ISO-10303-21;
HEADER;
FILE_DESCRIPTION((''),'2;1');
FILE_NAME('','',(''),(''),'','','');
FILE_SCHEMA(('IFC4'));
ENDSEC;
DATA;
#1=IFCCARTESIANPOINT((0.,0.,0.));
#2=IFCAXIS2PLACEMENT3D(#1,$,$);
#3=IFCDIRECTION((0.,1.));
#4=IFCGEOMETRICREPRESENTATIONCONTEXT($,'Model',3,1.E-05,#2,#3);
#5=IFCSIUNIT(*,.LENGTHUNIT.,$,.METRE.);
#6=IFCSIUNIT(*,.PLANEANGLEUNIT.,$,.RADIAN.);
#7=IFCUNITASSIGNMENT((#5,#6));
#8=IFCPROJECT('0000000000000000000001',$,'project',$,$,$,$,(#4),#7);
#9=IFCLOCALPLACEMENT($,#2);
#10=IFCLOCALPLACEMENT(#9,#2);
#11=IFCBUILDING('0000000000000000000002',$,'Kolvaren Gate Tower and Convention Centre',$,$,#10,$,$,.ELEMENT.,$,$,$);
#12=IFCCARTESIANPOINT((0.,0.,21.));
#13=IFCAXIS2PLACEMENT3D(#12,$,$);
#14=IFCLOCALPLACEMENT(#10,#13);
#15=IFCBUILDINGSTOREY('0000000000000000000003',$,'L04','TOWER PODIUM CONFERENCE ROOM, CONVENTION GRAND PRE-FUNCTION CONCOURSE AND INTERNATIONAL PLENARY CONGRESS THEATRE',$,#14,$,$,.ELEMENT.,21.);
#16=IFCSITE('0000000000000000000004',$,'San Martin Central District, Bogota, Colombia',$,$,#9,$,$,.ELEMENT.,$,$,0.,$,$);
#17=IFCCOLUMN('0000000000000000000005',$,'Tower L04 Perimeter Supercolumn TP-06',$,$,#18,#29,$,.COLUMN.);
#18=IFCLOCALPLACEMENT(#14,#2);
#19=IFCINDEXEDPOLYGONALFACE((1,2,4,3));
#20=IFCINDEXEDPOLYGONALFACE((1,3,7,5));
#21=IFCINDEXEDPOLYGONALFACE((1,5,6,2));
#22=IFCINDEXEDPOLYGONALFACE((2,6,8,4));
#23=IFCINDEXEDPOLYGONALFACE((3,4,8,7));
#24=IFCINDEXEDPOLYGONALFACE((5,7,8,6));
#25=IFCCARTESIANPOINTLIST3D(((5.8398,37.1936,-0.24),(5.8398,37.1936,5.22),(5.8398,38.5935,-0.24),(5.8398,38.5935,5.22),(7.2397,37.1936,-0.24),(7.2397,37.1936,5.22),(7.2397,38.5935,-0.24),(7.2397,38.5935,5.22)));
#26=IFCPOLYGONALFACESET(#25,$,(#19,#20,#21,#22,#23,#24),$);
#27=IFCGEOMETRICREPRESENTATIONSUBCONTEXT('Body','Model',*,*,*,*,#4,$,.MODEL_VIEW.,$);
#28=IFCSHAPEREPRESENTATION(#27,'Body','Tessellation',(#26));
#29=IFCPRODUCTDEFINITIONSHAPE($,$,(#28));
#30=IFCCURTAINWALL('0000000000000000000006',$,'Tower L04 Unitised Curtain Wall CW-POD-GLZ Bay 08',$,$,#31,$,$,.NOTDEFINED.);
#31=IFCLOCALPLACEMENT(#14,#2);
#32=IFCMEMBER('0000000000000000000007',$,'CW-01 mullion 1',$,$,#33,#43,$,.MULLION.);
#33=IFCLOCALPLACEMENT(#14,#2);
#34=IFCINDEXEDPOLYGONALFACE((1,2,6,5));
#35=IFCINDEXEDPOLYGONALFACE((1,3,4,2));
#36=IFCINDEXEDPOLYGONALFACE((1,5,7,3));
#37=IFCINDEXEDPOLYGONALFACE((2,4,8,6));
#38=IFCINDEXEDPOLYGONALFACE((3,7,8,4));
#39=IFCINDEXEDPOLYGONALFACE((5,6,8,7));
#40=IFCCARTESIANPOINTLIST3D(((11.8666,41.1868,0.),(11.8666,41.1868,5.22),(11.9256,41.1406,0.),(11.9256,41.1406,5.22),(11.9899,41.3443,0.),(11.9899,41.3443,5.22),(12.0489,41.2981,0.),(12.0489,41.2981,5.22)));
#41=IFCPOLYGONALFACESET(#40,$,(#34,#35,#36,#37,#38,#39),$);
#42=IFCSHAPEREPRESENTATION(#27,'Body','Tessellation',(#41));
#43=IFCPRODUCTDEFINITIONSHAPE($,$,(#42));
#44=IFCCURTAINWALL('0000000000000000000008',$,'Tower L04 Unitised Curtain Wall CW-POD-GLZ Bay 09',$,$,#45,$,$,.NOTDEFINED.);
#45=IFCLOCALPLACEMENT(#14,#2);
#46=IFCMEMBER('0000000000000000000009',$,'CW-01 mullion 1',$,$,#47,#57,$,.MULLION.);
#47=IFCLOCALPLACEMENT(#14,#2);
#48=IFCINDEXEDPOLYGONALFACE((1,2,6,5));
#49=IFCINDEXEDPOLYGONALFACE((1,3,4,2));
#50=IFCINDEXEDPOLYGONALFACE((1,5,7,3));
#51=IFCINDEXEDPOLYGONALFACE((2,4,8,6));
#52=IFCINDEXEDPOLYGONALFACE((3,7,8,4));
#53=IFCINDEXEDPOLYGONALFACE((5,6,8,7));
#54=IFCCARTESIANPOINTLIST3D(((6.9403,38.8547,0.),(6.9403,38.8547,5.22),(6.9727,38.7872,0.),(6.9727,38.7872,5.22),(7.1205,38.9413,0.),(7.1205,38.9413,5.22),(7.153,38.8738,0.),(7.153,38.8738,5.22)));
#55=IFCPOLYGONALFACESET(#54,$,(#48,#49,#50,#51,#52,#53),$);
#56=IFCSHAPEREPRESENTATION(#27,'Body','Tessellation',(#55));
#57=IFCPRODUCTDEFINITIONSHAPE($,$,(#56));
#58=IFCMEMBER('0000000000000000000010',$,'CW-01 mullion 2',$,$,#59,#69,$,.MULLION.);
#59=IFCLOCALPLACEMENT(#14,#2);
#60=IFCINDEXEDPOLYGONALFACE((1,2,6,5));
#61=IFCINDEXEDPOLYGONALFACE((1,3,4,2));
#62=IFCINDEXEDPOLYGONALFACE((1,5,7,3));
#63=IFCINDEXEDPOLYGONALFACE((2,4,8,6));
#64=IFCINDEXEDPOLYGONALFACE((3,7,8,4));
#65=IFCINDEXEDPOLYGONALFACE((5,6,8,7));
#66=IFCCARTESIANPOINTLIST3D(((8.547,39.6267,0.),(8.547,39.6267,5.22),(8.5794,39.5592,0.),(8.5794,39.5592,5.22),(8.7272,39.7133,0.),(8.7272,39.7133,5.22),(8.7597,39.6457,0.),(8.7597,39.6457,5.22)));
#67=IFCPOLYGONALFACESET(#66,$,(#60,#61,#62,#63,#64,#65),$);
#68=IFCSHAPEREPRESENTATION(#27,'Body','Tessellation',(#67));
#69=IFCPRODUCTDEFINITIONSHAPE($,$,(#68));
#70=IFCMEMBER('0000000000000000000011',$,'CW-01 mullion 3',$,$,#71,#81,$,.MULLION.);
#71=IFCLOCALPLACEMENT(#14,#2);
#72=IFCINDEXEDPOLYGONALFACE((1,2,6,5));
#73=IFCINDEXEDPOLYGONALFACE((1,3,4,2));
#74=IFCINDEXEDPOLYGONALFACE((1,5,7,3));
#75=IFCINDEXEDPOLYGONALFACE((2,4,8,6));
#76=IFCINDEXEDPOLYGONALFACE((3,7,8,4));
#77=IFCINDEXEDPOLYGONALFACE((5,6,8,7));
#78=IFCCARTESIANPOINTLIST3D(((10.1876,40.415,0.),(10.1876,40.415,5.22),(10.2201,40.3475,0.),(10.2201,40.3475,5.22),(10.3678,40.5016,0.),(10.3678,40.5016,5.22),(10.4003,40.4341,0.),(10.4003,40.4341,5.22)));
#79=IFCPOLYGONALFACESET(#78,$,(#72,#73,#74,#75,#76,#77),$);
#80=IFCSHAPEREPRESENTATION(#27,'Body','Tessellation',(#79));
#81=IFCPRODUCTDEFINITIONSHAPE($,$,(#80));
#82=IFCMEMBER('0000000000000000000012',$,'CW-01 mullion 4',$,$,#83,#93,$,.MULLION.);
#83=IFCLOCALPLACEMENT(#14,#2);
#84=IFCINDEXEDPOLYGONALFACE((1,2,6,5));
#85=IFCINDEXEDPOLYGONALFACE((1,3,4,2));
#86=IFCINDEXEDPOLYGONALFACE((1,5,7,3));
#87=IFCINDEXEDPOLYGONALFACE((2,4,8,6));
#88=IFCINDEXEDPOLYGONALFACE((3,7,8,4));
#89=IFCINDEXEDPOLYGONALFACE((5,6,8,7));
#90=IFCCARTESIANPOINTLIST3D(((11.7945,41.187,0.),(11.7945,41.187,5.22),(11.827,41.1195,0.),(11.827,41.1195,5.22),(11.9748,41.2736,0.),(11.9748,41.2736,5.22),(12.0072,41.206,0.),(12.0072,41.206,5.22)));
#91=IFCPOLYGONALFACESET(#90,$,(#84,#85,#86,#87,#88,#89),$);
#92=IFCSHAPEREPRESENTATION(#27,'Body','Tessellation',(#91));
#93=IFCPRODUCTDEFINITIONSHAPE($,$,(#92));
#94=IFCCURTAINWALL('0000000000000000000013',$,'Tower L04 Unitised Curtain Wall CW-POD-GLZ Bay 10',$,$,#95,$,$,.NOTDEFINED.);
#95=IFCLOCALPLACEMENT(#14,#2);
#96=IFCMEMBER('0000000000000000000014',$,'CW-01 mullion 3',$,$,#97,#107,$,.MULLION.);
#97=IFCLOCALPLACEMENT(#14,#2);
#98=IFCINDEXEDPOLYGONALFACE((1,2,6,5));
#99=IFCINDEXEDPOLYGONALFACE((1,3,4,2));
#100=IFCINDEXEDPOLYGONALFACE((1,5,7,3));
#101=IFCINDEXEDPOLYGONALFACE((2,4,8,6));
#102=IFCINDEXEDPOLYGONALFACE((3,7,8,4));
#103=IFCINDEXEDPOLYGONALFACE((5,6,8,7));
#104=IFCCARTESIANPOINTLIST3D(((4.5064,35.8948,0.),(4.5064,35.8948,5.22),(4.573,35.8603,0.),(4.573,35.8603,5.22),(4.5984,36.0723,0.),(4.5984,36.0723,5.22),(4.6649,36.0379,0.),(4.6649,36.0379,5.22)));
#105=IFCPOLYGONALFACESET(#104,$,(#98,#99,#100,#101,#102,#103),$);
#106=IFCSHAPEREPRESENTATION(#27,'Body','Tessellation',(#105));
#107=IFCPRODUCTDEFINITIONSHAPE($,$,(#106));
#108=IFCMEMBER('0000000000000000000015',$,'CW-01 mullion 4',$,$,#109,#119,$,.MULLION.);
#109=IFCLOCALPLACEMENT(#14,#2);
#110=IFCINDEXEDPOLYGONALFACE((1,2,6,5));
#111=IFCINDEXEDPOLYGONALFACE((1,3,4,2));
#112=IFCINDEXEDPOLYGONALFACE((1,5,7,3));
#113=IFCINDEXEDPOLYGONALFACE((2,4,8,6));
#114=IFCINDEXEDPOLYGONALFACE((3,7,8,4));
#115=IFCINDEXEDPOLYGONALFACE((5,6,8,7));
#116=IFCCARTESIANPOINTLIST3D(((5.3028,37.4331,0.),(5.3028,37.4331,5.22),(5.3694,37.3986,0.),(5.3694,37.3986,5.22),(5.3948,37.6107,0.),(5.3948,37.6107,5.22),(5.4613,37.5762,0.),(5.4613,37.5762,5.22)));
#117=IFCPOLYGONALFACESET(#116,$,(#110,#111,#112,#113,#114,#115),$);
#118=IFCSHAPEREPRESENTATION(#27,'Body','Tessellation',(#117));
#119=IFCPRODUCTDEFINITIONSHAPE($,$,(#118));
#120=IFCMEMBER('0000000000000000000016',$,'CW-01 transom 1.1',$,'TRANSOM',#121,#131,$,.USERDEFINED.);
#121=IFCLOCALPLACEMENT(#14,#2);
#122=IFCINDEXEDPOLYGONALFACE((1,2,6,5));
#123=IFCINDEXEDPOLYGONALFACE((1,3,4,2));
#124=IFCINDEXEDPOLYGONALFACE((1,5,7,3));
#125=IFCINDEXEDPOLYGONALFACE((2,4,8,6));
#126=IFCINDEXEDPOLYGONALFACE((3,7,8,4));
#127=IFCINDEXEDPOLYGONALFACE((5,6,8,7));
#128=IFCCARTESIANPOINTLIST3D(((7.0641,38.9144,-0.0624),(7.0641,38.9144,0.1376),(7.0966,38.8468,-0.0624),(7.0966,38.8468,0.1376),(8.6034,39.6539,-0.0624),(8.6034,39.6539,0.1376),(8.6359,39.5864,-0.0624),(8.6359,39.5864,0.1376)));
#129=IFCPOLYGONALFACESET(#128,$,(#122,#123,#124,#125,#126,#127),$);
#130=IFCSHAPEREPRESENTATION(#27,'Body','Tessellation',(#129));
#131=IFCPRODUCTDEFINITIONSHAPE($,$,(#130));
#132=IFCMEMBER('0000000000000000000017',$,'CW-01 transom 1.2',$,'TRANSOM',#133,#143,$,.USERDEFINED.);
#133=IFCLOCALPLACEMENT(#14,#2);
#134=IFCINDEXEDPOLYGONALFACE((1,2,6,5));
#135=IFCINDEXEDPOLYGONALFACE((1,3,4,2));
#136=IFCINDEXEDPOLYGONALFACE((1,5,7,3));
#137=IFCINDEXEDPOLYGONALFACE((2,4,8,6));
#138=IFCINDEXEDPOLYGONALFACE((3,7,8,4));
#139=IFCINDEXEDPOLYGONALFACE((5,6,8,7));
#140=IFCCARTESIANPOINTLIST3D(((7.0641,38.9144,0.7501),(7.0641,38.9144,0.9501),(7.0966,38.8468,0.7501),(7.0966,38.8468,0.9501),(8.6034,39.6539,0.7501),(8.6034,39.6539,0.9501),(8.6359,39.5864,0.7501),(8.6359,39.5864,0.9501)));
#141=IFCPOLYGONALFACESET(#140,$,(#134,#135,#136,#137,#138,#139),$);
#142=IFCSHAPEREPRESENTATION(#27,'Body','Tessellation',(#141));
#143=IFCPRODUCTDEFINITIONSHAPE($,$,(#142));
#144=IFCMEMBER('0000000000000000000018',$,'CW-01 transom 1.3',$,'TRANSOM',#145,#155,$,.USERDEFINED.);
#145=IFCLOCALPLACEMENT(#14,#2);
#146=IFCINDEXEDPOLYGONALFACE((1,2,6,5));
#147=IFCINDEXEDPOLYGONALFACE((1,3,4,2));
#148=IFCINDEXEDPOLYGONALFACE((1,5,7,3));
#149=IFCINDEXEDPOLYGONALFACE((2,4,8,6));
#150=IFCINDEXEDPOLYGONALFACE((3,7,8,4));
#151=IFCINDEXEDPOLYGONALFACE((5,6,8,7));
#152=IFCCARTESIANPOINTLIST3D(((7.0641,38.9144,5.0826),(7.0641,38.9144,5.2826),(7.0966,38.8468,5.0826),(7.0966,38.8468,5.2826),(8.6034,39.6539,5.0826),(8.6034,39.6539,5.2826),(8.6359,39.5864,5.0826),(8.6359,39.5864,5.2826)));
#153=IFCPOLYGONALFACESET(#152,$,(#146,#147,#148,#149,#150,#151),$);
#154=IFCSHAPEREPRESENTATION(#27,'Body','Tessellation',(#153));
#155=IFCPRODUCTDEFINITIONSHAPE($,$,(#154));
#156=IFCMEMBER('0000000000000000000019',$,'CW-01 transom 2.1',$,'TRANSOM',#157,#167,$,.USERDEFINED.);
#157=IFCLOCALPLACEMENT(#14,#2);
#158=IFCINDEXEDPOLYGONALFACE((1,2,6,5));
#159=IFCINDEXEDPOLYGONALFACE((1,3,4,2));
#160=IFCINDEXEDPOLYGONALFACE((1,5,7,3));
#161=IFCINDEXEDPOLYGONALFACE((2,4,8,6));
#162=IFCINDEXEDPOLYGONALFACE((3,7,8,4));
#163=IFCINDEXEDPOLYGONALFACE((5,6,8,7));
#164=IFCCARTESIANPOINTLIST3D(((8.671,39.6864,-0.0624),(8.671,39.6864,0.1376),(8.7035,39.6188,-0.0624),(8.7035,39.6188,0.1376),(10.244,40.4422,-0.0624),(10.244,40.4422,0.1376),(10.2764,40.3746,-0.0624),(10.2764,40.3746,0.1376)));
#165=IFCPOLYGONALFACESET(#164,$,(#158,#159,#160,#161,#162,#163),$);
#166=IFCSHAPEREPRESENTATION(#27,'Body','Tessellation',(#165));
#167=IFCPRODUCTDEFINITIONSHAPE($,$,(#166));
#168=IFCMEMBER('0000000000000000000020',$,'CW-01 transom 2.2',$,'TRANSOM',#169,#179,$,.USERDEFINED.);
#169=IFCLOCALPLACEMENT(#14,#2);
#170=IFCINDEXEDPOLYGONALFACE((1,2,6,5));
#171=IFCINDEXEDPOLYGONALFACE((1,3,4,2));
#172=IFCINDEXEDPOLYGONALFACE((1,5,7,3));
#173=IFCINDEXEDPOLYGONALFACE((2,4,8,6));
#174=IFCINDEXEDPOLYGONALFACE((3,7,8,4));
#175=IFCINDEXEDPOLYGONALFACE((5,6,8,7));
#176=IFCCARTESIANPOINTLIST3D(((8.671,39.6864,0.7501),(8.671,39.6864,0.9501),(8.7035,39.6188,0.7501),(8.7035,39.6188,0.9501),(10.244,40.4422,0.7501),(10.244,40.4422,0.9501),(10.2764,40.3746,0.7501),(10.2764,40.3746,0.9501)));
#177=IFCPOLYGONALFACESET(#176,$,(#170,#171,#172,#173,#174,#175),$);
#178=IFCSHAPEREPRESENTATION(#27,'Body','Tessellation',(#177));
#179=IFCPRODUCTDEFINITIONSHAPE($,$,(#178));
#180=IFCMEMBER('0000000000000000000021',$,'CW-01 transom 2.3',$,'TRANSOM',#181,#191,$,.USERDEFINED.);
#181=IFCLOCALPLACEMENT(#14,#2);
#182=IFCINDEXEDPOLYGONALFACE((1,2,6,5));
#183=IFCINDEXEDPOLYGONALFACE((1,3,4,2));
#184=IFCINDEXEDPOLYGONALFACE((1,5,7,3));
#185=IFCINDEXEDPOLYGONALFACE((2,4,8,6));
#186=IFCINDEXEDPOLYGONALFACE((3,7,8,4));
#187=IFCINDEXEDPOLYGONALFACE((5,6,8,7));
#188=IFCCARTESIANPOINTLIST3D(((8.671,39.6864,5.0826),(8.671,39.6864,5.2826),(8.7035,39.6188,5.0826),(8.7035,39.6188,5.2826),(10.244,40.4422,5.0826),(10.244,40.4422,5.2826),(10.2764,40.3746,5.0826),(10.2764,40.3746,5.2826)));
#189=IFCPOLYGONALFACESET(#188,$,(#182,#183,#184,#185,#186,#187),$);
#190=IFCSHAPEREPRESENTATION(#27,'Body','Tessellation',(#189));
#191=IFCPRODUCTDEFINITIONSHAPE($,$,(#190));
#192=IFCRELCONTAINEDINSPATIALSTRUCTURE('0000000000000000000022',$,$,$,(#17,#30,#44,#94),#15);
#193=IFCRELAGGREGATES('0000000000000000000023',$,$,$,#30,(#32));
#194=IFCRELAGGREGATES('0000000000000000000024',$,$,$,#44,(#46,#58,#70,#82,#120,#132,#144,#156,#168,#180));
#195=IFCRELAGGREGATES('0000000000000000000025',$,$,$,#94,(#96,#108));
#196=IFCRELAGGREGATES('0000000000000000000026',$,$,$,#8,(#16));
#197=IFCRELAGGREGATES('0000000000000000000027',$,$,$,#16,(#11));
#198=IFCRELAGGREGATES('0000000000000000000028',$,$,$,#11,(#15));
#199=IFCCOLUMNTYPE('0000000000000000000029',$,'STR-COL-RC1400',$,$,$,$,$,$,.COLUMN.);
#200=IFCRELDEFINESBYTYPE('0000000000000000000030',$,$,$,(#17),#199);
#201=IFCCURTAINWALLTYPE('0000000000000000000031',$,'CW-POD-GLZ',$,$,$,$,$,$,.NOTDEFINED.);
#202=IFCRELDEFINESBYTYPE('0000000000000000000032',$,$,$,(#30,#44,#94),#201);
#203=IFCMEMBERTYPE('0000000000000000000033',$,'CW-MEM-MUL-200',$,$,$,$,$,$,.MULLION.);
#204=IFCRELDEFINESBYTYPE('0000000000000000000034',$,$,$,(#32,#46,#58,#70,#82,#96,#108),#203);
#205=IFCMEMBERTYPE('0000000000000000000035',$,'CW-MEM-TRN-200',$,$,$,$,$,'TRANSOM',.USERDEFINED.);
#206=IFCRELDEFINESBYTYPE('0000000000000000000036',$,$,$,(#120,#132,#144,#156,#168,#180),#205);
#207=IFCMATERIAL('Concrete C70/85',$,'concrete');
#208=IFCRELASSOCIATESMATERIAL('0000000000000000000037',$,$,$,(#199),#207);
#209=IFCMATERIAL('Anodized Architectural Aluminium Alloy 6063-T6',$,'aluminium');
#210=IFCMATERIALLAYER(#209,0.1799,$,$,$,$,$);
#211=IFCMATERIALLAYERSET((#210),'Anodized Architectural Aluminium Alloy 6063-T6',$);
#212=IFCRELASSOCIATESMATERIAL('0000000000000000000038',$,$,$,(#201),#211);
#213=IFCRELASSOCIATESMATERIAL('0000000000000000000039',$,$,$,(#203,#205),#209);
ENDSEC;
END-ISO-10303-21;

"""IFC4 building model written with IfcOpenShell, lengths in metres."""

from ifc_helpers import new_model, si_unit, direction, frame, origin, origin_2d, place, context, subcontext, project, spatial, rectangle, extrude, material, layer, layer_set, material_profile, profile_set, type_object, element, aggregate, save


model = new_model("IFC4")

# Units and contexts
model_context = context("Model", 3, precision=1e-05, world=origin(), true_north=direction((0.0, 1.0)))
body_context = subcontext(model_context, "Body", "Model", "MODEL_VIEW")
ifc_project = project(units=[si_unit("LENGTHUNIT", "METRE"), si_unit("PLANEANGLEUNIT", "RADIAN")], contexts=[model_context])

# Site, building, storey
site_placement = place(None, origin())
site = spatial("IfcSite", under=ifc_project, at=site_placement, Name="San Martin Central District, Bogota, Colombia", CompositionType="ELEMENT", RefElevation=0.0)
building_placement = place(site_placement, origin())
building = spatial("IfcBuilding", under=site, at=building_placement, Name="Kolvaren Gate Tower and Convention Centre", CompositionType="ELEMENT")
storey_placement = place(building_placement, frame((0.0, 0.0, 21.0)))
storey = spatial("IfcBuildingStorey", under=building, at=storey_placement, Name="L04", Description="TOWER PODIUM CONFERENCE ROOM, CONVENTION GRAND PRE-FUNCTION CONCOURSE AND INTERNATIONAL PLENARY CONGRESS THEATRE", CompositionType="ELEMENT", Elevation=21.0)

# Column
ifc_material_1 = material(Name="Concrete C70/85", Category="concrete")
ifc_material_profile_1 = material_profile(ifc_material_1, rectangle(XDim=1.3999, YDim=1.3999, at=origin_2d()), Name="RC-COL-1400X1400")
ifc_profile_set_1 = profile_set([ifc_material_profile_1], Name="Concrete C70/85")
column_type = type_object("IfcColumnType", Name="STR-COL-RC1400", PredefinedType="COLUMN", material=ifc_profile_set_1)
column_placement = place(storey_placement, frame((6.5398, 37.8936, -0.24), z_axis=(0.0, 0.0, 1.0), x_axis=(1.0, 0.0, 0.0)))
element("IfcColumn", 1, at=column_placement, inside=storey, type_object=column_type, Name="Tower L04 Perimeter Supercolumn TP-06", PredefinedType="COLUMN", context=body_context, shape_type="SweptSolid", body=[
    extrude(rectangle(XDim=1.3999, YDim=1.3999, at=origin_2d()), origin(), (0.0, 0.0, 1.0), 5.46),
])

# Curtain wall, member
ifc_material_2 = material(Name="Anodized Architectural Aluminium Alloy 6063-T6", Category="aluminium")
ifc_layer_1 = layer(ifc_material_2, 0.1799)
ifc_layer_set_1 = layer_set([ifc_layer_1], Name="Anodized Architectural Aluminium Alloy 6063-T6")
curtain_wall_type = type_object("IfcCurtainWallType", Name="CW-POD-GLZ", PredefinedType="NOTDEFINED", material=ifc_layer_set_1)
curtain_wall_1_placement = place(storey_placement, origin())
curtain_wall_1 = element("IfcCurtainWall", 2, at=curtain_wall_1_placement, inside=storey, type_object=curtain_wall_type, Name="Tower L04 Unitised Curtain Wall CW-POD-GLZ Bay 08", PredefinedType="NOTDEFINED")
ifc_material_profile_2 = material_profile(ifc_material_2, rectangle(XDim=0.075, YDim=0.2, at=origin_2d()), Name="CW-MEM-MUL-200")
ifc_profile_set_2 = profile_set([ifc_material_profile_2], Name="Anodized Architectural Aluminium Alloy 6063-T6")
member_type_1 = type_object("IfcMemberType", Name="CW-MEM-MUL-200", PredefinedType="MULLION", material=ifc_profile_set_2)
member_1_placement = place(storey_placement, frame((11.9578, 41.2424, 0.0), z_axis=(0.0, 0.0, 1.0), x_axis=(-0.787417, 0.616421, 0.0)))
member_1 = element("IfcMember", 3, at=member_1_placement, type_object=member_type_1, Name="CW-01 mullion 1", PredefinedType="MULLION", context=body_context, shape_type="SweptSolid", body=[
    extrude(rectangle(XDim=0.075, YDim=0.2, at=origin_2d()), origin(), (0.0, 0.0, 1.0), 5.22),
])
aggregate(curtain_wall_1, [member_1])

# Curtain walls, members
curtain_wall_2_placement = place(storey_placement, origin())
curtain_wall_2 = element("IfcCurtainWall", 4, at=curtain_wall_2_placement, inside=storey, type_object=curtain_wall_type, Name="Tower L04 Unitised Curtain Wall CW-POD-GLZ Bay 09", PredefinedType="NOTDEFINED")
member_2_placement = place(storey_placement, frame((7.0466, 38.8643, 0.0), z_axis=(0.0, 0.0, 1.0), x_axis=(-0.433057, 0.901367, 0.0)))
member_2 = element("IfcMember", 5, at=member_2_placement, type_object=member_type_1, Name="CW-01 mullion 1", PredefinedType="MULLION", context=body_context, shape_type="SweptSolid", body=[
    extrude(rectangle(XDim=0.075, YDim=0.2, at=origin_2d()), origin(), (0.0, 0.0, 1.0), 5.22),
])
member_3_placement = place(storey_placement, frame((8.6533, 39.6362, 0.0), z_axis=(0.0, 0.0, 1.0), x_axis=(-0.433057, 0.901367, 0.0)))
member_3 = element("IfcMember", 6, at=member_3_placement, type_object=member_type_1, Name="CW-01 mullion 2", PredefinedType="MULLION", context=body_context, shape_type="SweptSolid", body=[
    extrude(rectangle(XDim=0.075, YDim=0.2, at=origin_2d()), origin(), (0.0, 0.0, 1.0), 5.22),
])
member_4_placement = place(storey_placement, frame((10.2939, 40.4246, 0.0), z_axis=(0.0, 0.0, 1.0), x_axis=(-0.433057, 0.901367, 0.0)))
member_4 = element("IfcMember", 7, at=member_4_placement, type_object=member_type_1, Name="CW-01 mullion 3", PredefinedType="MULLION", context=body_context, shape_type="SweptSolid", body=[
    extrude(rectangle(XDim=0.075, YDim=0.2, at=origin_2d()), origin(), (0.0, 0.0, 1.0), 5.22),
])
member_5_placement = place(storey_placement, frame((11.9009, 41.1965, 0.0), z_axis=(0.0, 0.0, 1.0), x_axis=(-0.433057, 0.901367, 0.0)))
member_5 = element("IfcMember", 8, at=member_5_placement, type_object=member_type_1, Name="CW-01 mullion 4", PredefinedType="MULLION", context=body_context, shape_type="SweptSolid", body=[
    extrude(rectangle(XDim=0.075, YDim=0.2, at=origin_2d()), origin(), (0.0, 0.0, 1.0), 5.22),
])
curtain_wall_3_placement = place(storey_placement, origin())
curtain_wall_3 = element("IfcCurtainWall", 9, at=curtain_wall_3_placement, inside=storey, type_object=curtain_wall_type, Name="Tower L04 Unitised Curtain Wall CW-POD-GLZ Bay 10", PredefinedType="NOTDEFINED")
member_6_placement = place(storey_placement, frame((4.5857, 35.9663, 0.0), z_axis=(0.0, 0.0, 1.0), x_axis=(-0.888028, 0.459789, 0.0)))
member_6 = element("IfcMember", 10, at=member_6_placement, type_object=member_type_1, Name="CW-01 mullion 3", PredefinedType="MULLION", context=body_context, shape_type="SweptSolid", body=[
    extrude(rectangle(XDim=0.075, YDim=0.2, at=origin_2d()), origin(), (0.0, 0.0, 1.0), 5.22),
])
member_7_placement = place(storey_placement, frame((5.3821, 37.5046, 0.0), z_axis=(0.0, 0.0, 1.0), x_axis=(-0.888028, 0.459789, 0.0)))
member_7 = element("IfcMember", 11, at=member_7_placement, type_object=member_type_1, Name="CW-01 mullion 4", PredefinedType="MULLION", context=body_context, shape_type="SweptSolid", body=[
    extrude(rectangle(XDim=0.075, YDim=0.2, at=origin_2d()), origin(), (0.0, 0.0, 1.0), 5.22),
])

# Members
ifc_material_profile_3 = material_profile(ifc_material_2, rectangle(XDim=0.075, YDim=0.2, at=origin_2d()), Name="CW-MEM-TRN-200")
ifc_profile_set_3 = profile_set([ifc_material_profile_3], Name="Anodized Architectural Aluminium Alloy 6063-T6")
member_type_2 = type_object("IfcMemberType", Name="CW-MEM-TRN-200", ElementType="TRANSOM", PredefinedType="USERDEFINED", material=ifc_profile_set_3)
member_8_placement = place(storey_placement, frame((7.0803, 38.8806, 0.0376), z_axis=(0.901378, 0.433033, 0.0), x_axis=(-0.433033, 0.901378, 0.0)))
member_8 = element("IfcMember", 12, at=member_8_placement, type_object=member_type_2, Name="CW-01 transom 1.1", ObjectType="TRANSOM", PredefinedType="USERDEFINED", context=body_context, shape_type="SweptSolid", body=[
    extrude(rectangle(XDim=0.075, YDim=0.2, at=origin_2d()), origin(), (0.0, 0.0, 1.0), 1.7078),
])
member_9_placement = place(storey_placement, frame((7.0803, 38.8806, 0.8501), z_axis=(0.901378, 0.433033, 0.0), x_axis=(-0.433033, 0.901378, 0.0)))
member_9 = element("IfcMember", 13, at=member_9_placement, type_object=member_type_2, Name="CW-01 transom 1.2", ObjectType="TRANSOM", PredefinedType="USERDEFINED", context=body_context, shape_type="SweptSolid", body=[
    extrude(rectangle(XDim=0.075, YDim=0.2, at=origin_2d()), origin(), (0.0, 0.0, 1.0), 1.7078),
])
member_10_placement = place(storey_placement, frame((7.0803, 38.8806, 5.1826), z_axis=(0.901378, 0.433033, 0.0), x_axis=(-0.433033, 0.901378, 0.0)))
member_10 = element("IfcMember", 14, at=member_10_placement, type_object=member_type_2, Name="CW-01 transom 1.3", ObjectType="TRANSOM", PredefinedType="USERDEFINED", context=body_context, shape_type="SweptSolid", body=[
    extrude(rectangle(XDim=0.075, YDim=0.2, at=origin_2d()), origin(), (0.0, 0.0, 1.0), 1.7078),
])
member_11_placement = place(storey_placement, frame((8.6873, 39.6526, 0.0376), z_axis=(0.90134, 0.433113, 0.0), x_axis=(-0.433113, 0.90134, 0.0)))
member_11 = element("IfcMember", 15, at=member_11_placement, type_object=member_type_2, Name="CW-01 transom 2.1", ObjectType="TRANSOM", PredefinedType="USERDEFINED", context=body_context, shape_type="SweptSolid", body=[
    extrude(rectangle(XDim=0.075, YDim=0.2, at=origin_2d()), origin(), (0.0, 0.0, 1.0), 1.7451),
])
member_12_placement = place(storey_placement, frame((8.6873, 39.6526, 0.8501), z_axis=(0.90134, 0.433113, 0.0), x_axis=(-0.433113, 0.90134, 0.0)))
member_12 = element("IfcMember", 16, at=member_12_placement, type_object=member_type_2, Name="CW-01 transom 2.2", ObjectType="TRANSOM", PredefinedType="USERDEFINED", context=body_context, shape_type="SweptSolid", body=[
    extrude(rectangle(XDim=0.075, YDim=0.2, at=origin_2d()), origin(), (0.0, 0.0, 1.0), 1.7451),
])
member_13_placement = place(storey_placement, frame((8.6873, 39.6526, 5.1826), z_axis=(0.90134, 0.433113, 0.0), x_axis=(-0.433113, 0.90134, 0.0)))
member_13 = element("IfcMember", 17, at=member_13_placement, type_object=member_type_2, Name="CW-01 transom 2.3", ObjectType="TRANSOM", PredefinedType="USERDEFINED", context=body_context, shape_type="SweptSolid", body=[
    extrude(rectangle(XDim=0.075, YDim=0.2, at=origin_2d()), origin(), (0.0, 0.0, 1.0), 1.7451),
])

aggregate(curtain_wall_2, [member_2, member_3, member_4, member_5, member_8, member_9, member_10, member_11, member_12, member_13])
aggregate(curtain_wall_3, [member_6, member_7])

save(model, "model.ifc")
